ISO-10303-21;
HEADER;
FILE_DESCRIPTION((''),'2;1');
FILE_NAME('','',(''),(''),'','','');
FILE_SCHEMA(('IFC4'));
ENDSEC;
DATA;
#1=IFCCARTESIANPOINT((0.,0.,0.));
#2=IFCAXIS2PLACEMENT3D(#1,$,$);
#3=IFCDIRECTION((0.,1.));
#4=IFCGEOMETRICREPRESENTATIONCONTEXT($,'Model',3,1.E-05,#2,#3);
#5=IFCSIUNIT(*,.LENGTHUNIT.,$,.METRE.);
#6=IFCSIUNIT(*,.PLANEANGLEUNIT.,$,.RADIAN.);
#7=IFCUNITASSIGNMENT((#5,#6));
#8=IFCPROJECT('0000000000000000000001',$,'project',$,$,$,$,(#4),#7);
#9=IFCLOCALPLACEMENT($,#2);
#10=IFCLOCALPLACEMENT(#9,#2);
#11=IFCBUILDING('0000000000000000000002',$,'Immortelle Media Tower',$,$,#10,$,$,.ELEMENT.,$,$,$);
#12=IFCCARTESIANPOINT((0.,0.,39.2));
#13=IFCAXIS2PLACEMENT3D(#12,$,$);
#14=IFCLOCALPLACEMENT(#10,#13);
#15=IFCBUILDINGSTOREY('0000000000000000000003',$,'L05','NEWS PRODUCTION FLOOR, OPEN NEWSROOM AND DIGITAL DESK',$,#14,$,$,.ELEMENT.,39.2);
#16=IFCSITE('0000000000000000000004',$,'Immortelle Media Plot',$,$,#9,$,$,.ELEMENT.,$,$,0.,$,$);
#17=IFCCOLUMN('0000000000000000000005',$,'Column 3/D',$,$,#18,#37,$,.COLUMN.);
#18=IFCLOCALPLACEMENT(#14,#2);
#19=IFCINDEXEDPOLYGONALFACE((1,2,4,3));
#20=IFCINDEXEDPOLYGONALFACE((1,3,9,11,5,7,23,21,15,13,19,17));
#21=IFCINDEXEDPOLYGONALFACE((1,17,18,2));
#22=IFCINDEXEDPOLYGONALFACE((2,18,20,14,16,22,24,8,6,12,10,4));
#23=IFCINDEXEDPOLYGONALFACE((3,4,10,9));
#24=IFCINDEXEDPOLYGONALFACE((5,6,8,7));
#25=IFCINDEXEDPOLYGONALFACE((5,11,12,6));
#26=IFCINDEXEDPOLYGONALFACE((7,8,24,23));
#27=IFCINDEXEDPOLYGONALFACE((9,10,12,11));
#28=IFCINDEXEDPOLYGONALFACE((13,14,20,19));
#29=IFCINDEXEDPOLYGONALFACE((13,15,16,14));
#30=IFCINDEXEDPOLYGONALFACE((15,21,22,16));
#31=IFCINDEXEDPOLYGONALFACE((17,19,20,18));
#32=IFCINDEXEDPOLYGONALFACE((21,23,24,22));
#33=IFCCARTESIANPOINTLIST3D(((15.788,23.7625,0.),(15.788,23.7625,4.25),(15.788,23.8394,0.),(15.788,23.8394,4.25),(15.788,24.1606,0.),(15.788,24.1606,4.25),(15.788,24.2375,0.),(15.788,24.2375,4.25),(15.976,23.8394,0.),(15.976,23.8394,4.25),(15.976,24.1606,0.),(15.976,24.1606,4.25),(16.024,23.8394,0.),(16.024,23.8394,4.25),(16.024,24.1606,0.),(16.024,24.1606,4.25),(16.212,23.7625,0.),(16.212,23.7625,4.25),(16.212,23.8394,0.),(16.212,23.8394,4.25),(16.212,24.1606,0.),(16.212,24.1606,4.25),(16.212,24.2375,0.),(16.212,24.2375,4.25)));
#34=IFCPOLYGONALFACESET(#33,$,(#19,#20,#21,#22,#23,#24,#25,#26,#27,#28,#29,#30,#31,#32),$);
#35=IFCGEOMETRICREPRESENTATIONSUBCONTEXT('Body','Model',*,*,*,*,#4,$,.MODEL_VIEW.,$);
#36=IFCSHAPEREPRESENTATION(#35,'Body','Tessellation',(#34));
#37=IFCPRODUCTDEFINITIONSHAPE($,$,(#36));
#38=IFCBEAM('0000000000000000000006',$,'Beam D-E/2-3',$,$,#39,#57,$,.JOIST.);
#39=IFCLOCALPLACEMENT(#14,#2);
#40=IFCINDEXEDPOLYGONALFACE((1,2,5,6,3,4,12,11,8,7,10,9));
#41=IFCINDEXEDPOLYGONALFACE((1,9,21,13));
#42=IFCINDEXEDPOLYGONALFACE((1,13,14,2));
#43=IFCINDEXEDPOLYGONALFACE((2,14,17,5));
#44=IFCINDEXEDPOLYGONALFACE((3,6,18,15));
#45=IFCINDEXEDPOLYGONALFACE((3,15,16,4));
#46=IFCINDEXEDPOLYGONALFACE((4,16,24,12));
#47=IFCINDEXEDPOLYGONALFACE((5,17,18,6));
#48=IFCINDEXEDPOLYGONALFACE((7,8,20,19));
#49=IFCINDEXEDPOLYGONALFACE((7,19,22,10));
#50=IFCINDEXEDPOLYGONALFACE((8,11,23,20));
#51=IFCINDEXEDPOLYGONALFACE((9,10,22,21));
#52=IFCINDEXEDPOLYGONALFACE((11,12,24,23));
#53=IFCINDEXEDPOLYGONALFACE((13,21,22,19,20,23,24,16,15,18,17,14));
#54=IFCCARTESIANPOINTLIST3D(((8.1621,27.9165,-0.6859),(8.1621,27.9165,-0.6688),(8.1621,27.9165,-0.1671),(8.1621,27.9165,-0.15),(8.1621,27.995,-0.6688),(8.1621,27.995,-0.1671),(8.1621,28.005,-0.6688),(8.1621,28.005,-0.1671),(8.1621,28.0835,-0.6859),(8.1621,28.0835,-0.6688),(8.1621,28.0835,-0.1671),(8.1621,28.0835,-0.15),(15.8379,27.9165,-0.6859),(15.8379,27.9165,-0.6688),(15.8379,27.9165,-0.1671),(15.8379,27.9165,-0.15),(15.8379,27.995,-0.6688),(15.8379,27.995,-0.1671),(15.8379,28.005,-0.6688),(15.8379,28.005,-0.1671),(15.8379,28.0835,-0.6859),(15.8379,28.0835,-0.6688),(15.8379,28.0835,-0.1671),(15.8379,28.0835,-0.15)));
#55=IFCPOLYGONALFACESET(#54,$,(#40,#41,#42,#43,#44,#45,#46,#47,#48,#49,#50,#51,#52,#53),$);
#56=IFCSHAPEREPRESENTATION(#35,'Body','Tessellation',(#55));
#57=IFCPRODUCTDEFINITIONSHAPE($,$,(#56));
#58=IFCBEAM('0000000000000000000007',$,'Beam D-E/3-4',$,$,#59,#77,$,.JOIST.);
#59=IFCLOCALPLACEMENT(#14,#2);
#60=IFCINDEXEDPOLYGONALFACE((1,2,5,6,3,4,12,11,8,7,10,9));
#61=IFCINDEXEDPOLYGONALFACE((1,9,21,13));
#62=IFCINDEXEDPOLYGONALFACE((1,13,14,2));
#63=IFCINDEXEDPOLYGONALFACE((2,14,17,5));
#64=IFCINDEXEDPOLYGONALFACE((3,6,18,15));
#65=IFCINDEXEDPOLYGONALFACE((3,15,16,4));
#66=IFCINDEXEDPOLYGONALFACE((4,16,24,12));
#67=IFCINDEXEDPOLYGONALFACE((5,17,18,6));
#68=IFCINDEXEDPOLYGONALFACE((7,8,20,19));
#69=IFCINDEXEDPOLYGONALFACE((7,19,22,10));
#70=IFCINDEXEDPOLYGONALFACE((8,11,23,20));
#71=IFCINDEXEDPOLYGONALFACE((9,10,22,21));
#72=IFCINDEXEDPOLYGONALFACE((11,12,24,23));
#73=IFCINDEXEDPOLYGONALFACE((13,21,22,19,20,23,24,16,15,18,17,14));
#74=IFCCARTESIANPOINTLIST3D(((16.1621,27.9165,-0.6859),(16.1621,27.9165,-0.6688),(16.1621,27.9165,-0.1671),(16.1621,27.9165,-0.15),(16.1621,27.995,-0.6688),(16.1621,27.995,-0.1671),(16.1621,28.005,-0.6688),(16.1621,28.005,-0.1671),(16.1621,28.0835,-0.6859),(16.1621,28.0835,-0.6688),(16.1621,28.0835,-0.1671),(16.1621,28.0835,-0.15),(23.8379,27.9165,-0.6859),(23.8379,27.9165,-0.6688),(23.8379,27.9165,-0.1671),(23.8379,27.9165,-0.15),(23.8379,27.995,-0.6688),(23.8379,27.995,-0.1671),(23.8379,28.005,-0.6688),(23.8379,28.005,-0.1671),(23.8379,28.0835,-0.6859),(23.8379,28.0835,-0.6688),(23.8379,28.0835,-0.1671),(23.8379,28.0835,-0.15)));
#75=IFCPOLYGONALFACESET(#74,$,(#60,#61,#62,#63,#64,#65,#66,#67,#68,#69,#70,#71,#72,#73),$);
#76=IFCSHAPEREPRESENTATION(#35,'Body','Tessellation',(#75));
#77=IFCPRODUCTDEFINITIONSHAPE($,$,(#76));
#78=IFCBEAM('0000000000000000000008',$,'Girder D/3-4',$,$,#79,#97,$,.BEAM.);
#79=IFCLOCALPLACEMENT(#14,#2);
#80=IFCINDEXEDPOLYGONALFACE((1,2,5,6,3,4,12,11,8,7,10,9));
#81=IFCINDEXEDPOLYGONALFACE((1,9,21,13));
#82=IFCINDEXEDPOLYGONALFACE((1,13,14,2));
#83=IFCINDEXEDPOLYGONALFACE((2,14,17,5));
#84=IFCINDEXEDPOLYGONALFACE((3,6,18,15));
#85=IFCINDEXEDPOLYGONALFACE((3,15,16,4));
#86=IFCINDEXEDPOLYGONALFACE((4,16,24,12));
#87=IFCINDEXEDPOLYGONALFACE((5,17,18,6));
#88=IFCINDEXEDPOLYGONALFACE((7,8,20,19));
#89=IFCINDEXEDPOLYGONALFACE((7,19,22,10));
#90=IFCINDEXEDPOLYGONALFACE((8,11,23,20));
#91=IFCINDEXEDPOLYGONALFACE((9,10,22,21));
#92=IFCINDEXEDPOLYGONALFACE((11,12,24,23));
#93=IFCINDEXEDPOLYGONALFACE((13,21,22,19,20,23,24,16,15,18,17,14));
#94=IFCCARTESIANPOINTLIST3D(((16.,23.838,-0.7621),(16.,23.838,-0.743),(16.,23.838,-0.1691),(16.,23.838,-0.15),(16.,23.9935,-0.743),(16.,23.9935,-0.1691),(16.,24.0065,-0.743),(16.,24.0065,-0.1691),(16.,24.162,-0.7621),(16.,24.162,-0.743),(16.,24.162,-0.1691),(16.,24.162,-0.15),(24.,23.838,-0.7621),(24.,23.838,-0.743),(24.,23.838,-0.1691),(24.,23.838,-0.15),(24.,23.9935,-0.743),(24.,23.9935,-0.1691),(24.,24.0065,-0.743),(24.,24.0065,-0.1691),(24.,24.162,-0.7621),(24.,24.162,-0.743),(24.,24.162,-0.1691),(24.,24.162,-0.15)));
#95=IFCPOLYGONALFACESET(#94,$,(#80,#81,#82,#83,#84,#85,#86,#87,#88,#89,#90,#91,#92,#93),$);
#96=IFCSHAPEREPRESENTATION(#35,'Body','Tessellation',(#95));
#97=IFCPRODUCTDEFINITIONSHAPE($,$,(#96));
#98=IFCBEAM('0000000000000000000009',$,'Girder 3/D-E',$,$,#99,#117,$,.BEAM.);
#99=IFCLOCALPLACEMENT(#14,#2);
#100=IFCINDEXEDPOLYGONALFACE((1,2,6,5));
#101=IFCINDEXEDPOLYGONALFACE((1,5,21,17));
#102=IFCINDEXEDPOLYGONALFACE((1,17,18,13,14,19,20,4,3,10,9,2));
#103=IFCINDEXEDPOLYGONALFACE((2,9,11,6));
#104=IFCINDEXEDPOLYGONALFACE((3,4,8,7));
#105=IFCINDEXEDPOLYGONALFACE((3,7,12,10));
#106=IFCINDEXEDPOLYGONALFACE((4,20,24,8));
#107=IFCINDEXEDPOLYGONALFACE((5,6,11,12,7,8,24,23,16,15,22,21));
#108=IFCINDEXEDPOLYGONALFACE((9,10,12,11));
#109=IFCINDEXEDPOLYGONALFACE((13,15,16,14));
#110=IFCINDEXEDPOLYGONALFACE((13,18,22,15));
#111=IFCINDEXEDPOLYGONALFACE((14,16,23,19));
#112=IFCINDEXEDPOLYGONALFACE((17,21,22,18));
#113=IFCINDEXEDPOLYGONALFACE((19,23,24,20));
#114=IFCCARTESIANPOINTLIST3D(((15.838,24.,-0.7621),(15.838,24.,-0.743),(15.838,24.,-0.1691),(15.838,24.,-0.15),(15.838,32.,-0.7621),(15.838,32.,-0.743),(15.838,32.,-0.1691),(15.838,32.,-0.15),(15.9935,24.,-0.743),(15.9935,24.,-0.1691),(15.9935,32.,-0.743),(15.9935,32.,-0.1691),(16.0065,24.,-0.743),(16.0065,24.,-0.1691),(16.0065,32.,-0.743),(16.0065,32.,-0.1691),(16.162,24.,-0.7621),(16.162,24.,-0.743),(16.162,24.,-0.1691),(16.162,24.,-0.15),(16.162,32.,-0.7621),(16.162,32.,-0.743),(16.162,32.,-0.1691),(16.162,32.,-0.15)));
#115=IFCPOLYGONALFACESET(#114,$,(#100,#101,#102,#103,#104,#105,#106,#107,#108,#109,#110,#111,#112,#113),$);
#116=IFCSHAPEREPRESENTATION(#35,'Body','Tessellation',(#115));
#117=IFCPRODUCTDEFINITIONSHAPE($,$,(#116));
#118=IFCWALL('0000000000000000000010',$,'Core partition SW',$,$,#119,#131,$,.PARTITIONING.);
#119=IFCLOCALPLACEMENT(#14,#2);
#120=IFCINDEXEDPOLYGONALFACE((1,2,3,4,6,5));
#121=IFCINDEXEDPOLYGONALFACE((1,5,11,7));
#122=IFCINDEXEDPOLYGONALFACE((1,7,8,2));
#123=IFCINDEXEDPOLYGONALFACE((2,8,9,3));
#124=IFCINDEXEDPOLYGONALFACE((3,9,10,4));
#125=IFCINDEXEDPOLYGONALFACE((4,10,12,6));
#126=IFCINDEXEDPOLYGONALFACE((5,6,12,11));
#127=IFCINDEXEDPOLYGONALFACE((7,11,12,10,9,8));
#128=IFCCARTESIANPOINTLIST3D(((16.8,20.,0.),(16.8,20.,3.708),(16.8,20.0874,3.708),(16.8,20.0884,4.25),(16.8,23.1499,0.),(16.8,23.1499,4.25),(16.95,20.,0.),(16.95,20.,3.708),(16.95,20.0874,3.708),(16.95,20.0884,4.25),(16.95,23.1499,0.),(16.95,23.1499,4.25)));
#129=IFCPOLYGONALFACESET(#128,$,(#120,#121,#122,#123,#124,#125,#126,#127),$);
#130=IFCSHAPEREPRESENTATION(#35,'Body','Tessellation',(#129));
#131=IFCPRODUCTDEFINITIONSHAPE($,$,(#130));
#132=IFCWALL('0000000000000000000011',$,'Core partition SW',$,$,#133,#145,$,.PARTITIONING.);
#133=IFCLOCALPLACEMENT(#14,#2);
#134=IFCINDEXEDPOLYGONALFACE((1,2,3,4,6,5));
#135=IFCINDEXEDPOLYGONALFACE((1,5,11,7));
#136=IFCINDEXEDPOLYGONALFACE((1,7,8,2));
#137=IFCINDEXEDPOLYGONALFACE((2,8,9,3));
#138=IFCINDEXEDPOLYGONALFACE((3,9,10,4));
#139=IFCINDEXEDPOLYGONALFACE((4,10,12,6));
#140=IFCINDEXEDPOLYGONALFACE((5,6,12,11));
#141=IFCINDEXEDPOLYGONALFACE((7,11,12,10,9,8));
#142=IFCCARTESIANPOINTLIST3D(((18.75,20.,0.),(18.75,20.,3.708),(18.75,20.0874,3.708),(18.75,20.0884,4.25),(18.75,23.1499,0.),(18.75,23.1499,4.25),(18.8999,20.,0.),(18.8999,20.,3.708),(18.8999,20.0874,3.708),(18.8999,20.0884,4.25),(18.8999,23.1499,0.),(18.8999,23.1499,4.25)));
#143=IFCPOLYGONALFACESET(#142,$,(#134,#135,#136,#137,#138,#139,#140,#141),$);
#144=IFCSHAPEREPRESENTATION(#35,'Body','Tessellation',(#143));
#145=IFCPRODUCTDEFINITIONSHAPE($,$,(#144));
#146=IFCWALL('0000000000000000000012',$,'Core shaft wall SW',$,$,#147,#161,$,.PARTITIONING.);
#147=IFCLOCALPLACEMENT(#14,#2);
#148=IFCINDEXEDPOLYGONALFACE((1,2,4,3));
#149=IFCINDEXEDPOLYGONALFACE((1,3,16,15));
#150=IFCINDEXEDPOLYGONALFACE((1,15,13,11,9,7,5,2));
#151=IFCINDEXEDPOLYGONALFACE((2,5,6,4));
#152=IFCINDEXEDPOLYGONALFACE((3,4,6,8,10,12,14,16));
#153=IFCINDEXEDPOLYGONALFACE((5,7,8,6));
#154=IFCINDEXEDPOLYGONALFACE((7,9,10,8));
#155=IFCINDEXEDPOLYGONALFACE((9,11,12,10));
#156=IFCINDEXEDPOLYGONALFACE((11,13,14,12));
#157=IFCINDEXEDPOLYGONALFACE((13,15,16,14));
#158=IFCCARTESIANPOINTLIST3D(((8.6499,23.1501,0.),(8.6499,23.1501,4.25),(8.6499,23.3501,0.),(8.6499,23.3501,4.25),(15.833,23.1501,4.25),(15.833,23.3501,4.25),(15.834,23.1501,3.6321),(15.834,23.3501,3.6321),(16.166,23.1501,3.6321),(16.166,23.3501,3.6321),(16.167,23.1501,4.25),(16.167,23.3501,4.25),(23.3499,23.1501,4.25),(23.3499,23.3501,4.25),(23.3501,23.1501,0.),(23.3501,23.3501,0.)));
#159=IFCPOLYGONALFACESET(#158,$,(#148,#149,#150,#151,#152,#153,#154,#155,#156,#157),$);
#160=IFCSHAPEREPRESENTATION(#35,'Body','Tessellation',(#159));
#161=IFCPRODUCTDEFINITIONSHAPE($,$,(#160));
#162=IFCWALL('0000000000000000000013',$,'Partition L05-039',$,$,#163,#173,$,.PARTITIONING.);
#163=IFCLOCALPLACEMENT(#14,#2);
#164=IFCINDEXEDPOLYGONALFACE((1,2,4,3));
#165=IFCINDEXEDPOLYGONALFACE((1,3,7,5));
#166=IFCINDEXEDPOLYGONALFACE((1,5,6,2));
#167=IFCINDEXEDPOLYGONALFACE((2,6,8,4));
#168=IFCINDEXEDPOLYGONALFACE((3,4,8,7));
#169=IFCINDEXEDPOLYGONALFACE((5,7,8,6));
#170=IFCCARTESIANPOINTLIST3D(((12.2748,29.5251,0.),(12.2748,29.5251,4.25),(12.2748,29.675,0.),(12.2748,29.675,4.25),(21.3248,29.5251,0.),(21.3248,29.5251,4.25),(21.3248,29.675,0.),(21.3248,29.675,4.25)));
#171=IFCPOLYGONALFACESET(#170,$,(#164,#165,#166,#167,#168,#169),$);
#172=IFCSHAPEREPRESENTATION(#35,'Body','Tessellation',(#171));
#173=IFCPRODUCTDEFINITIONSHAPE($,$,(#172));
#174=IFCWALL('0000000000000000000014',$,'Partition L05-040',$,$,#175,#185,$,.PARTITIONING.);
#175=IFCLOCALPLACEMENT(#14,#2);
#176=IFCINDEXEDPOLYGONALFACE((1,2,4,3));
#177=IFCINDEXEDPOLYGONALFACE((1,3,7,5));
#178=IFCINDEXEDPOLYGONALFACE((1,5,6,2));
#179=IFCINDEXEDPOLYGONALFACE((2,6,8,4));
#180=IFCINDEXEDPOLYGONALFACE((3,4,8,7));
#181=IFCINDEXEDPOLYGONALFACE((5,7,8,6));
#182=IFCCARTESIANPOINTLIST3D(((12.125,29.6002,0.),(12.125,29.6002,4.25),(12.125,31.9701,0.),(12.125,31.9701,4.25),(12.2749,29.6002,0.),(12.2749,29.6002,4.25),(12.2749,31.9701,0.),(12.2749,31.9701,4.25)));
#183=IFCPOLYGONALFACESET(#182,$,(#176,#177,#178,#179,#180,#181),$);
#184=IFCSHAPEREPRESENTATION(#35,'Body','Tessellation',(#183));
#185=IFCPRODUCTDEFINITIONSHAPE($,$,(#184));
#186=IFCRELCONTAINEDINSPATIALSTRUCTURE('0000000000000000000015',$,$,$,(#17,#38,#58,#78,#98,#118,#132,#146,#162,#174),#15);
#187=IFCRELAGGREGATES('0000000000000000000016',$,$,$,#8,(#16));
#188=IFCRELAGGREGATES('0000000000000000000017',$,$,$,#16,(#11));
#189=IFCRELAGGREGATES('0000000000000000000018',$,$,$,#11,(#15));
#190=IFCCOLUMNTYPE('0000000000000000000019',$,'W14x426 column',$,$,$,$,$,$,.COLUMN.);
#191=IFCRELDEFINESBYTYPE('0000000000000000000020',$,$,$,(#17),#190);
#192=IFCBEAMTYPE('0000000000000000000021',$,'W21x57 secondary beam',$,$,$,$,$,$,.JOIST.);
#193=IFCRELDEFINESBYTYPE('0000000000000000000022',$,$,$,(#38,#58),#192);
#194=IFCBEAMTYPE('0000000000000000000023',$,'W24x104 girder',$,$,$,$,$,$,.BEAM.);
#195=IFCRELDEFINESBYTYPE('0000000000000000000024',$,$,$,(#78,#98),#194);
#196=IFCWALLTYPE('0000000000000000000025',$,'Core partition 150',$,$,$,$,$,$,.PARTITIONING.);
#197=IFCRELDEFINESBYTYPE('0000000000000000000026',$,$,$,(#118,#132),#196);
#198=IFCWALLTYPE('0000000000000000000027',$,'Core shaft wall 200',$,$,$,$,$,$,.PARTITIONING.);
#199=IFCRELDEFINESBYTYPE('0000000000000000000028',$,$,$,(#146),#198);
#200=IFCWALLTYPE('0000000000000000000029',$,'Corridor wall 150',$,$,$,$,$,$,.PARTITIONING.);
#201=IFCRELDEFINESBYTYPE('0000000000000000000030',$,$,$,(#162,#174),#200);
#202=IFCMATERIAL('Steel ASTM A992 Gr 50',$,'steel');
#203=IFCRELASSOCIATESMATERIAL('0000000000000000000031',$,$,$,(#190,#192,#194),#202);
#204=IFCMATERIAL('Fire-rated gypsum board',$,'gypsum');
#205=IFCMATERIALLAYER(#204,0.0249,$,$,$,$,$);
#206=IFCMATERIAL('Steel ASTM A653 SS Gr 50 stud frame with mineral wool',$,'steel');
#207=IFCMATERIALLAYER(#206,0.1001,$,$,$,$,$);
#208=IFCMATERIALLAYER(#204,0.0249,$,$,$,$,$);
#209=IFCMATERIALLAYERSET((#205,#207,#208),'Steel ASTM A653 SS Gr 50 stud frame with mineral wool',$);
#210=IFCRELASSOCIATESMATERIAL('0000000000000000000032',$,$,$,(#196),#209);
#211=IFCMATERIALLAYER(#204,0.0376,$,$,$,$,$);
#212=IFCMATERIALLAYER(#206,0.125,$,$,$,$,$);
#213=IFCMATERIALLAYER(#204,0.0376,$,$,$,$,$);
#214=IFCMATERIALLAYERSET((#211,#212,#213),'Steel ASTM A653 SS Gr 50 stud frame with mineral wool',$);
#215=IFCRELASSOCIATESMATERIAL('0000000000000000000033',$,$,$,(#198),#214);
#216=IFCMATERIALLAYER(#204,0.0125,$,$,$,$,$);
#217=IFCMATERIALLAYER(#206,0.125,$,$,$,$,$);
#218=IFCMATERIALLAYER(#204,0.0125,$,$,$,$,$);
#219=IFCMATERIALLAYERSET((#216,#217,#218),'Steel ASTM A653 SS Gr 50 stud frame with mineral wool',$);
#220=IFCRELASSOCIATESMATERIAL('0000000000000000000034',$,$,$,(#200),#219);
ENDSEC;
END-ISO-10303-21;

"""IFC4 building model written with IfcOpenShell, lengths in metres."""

from ifc_helpers import new_model, si_unit, direction, frame, frame_2d, origin, origin_2d, place, context, subcontext, project, spatial, polyline, rectangle, i_section, outline, extrude, material, layer, layer_set, material_profile, profile_set, type_object, element, save


model = new_model("IFC4")

# Units and contexts
model_context = context("Model", 3, precision=1e-05, world=origin(), true_north=direction((0.0, 1.0)))
body_context = subcontext(model_context, "Body", "Model", "MODEL_VIEW")
ifc_project = project(units=[si_unit("LENGTHUNIT", "METRE"), si_unit("PLANEANGLEUNIT", "RADIAN")], contexts=[model_context])

# Site, building, storey
site_placement = place(None, origin())
site = spatial("IfcSite", under=ifc_project, at=site_placement, Name="Immortelle Media Plot", CompositionType="ELEMENT", RefElevation=0.0)
building_placement = place(site_placement, origin())
building = spatial("IfcBuilding", under=site, at=building_placement, Name="Immortelle Media Tower", CompositionType="ELEMENT")
storey_placement = place(building_placement, frame((0.0, 0.0, 39.2)))
storey = spatial("IfcBuildingStorey", under=building, at=storey_placement, Name="L05", Description="NEWS PRODUCTION FLOOR, OPEN NEWSROOM AND DIGITAL DESK", CompositionType="ELEMENT", Elevation=39.2)

# Column
ifc_material_1 = material(Name="Steel ASTM A992 Gr 50", Category="steel")
ifc_material_profile_1 = material_profile(ifc_material_1, i_section(OverallWidth=0.4241, OverallDepth=0.4751, WebThickness=0.0481, FlangeThickness=0.0769, at=origin_2d()), Name="W14x426")
ifc_profile_set_1 = profile_set([ifc_material_profile_1], Name="Steel ASTM A992 Gr 50")
column_type = type_object("IfcColumnType", Name="W14x426 column", PredefinedType="COLUMN", material=ifc_profile_set_1)
column_placement = place(storey_placement, frame((16.0, 24.0, 0.0), z_axis=(0.0, 0.0, 1.0), x_axis=(1.0, 0.0, 0.0)))
element("IfcColumn", 1, at=column_placement, inside=storey, type_object=column_type, Name="Column 3/D", PredefinedType="COLUMN", context=body_context, shape_type="SweptSolid", body=[
    extrude(i_section(OverallWidth=0.4241, OverallDepth=0.4751, WebThickness=0.0481, FlangeThickness=0.0769, at=origin_2d()), origin(), (0.0, 0.0, 1.0), 4.25),
])

# Beams
ifc_material_profile_2 = material_profile(ifc_material_1, i_section(OverallWidth=0.167, OverallDepth=0.5359, WebThickness=0.01, FlangeThickness=0.0171, at=origin_2d()), Name="W21x57")
ifc_profile_set_2 = profile_set([ifc_material_profile_2], Name="Steel ASTM A992 Gr 50")
beam_type_1 = type_object("IfcBeamType", Name="W21x57 secondary beam", PredefinedType="JOIST", material=ifc_profile_set_2)
for number, where, z_axis, x_axis, name in (
    (2, (8.1621, 28.0, -0.418), (1.0, 0.0, 0.0), (0.0, 1.0, 0.0), "Beam D-E/2-3"),
    (3, (16.1621, 28.0, -0.418), (1.0, 0.0, 0.0), (0.0, 1.0, 0.0), "Beam D-E/3-4"),
):
    element("IfcBeam", number, at=place(storey_placement, frame(where, z_axis=z_axis, x_axis=x_axis)), inside=storey, type_object=beam_type_1, Name=name, PredefinedType="JOIST", context=body_context, shape_type="SweptSolid", body=[
        extrude(i_section(OverallWidth=0.167, OverallDepth=0.5359, WebThickness=0.01, FlangeThickness=0.0171, at=origin_2d()), origin(), (0.0, 0.0, 1.0), 7.6758),
    ])
ifc_material_profile_3 = material_profile(ifc_material_1, i_section(OverallWidth=0.324, OverallDepth=0.6121, WebThickness=0.0129, FlangeThickness=0.019, at=origin_2d()), Name="W24x104")
ifc_profile_set_3 = profile_set([ifc_material_profile_3], Name="Steel ASTM A992 Gr 50")
beam_type_2 = type_object("IfcBeamType", Name="W24x104 girder", PredefinedType="BEAM", material=ifc_profile_set_3)
for number, where, z_axis, x_axis, name in (
    (4, (16.0, 24.0, -0.4561), (1.0, 0.0, 0.0), (0.0, 1.0, 0.0), "Girder D/3-4"),
    (5, (16.0, 24.0, -0.4561), (0.0, 1.0, 0.0), (-1.0, 0.0, 0.0), "Girder 3/D-E"),
):
    element("IfcBeam", number, at=place(storey_placement, frame(where, z_axis=z_axis, x_axis=x_axis)), inside=storey, type_object=beam_type_2, Name=name, PredefinedType="BEAM", context=body_context, shape_type="SweptSolid", body=[
        extrude(i_section(OverallWidth=0.324, OverallDepth=0.6121, WebThickness=0.0129, FlangeThickness=0.019, at=origin_2d()), origin(), (0.0, 0.0, 1.0), 8.0),
    ])

# Walls
ifc_material_2 = material(Name="Fire-rated gypsum board", Category="gypsum")
ifc_layer_1 = layer(ifc_material_2, 0.0249)
ifc_material_3 = material(Name="Steel ASTM A653 SS Gr 50 stud frame with mineral wool", Category="steel")
ifc_layer_2 = layer(ifc_material_3, 0.1001)
ifc_layer_3 = layer(ifc_material_2, 0.0249)
ifc_layer_set_1 = layer_set([ifc_layer_1, ifc_layer_2, ifc_layer_3], Name="Steel ASTM A653 SS Gr 50 stud frame with mineral wool")
wall_type_1 = type_object("IfcWallType", Name="Core partition 150", PredefinedType="PARTITIONING", material=ifc_layer_set_1)
for number, where, z_axis, x_axis, name in (
    (6, (16.875, 20.0, 0.0), (0.0, 0.0, 1.0), (0.0, 1.0, 0.0), "Core partition SW"),
    (7, (18.825, 20.0, 0.0), (0.0, 0.0, 1.0), (0.0, 1.0, 0.0), "Core partition SW"),
):
    element("IfcWall", number, at=place(storey_placement, frame(where, z_axis=z_axis, x_axis=x_axis)), inside=storey, type_object=wall_type_1, Name=name, PredefinedType="PARTITIONING", context=body_context, shape_type="SweptSolid", body=[
        extrude(outline(polyline([(0.0, 0.0), (3.1499, 0.0), (3.1499, 4.25), (0.0884, 4.25), (0.0874, 3.708), (0.0, 3.708), (0.0, 0.0)])), frame((0.0, 0.075, 0.0), z_axis=(0.0, -1.0, 0.0), x_axis=(1.0, 0.0, 0.0)), (0.0, 0.0, 1.0), 0.1499),
    ])
ifc_layer_4 = layer(ifc_material_2, 0.0376)
ifc_layer_5 = layer(ifc_material_3, 0.125)
ifc_layer_6 = layer(ifc_material_2, 0.0376)
ifc_layer_set_2 = layer_set([ifc_layer_4, ifc_layer_5, ifc_layer_6], Name="Steel ASTM A653 SS Gr 50 stud frame with mineral wool")
wall_type_2 = type_object("IfcWallType", Name="Core shaft wall 200", PredefinedType="PARTITIONING", material=ifc_layer_set_2)
wall_1_placement = place(storey_placement, frame((8.6499, 23.25, 0.0), z_axis=(0.0, 0.0, 1.0), x_axis=(1.0, 0.0, 0.0)))
element("IfcWall", 8, at=wall_1_placement, inside=storey, type_object=wall_type_2, Name="Core shaft wall SW", PredefinedType="PARTITIONING", context=body_context, shape_type="SweptSolid", body=[
    extrude(outline(polyline([(0.0, 0.0), (14.7002, 0.0), (14.7, 4.25), (7.5171, 4.25), (7.5161, 3.6321), (7.1841, 3.6321), (7.1831, 4.25), (0.0, 4.25), (0.0, 0.0)])), frame((0.0, 0.1001, 0.0), z_axis=(0.0, -1.0, 0.0), x_axis=(1.0, 0.0, 0.0)), (0.0, 0.0, 1.0), 0.2),
])
ifc_layer_7 = layer(ifc_material_2, 0.0125)
ifc_layer_8 = layer(ifc_material_3, 0.125)
ifc_layer_9 = layer(ifc_material_2, 0.0125)
ifc_layer_set_3 = layer_set([ifc_layer_7, ifc_layer_8, ifc_layer_9], Name="Steel ASTM A653 SS Gr 50 stud frame with mineral wool")
wall_type_3 = type_object("IfcWallType", Name="Corridor wall 150", PredefinedType="PARTITIONING", material=ifc_layer_set_3)
wall_2_placement = place(storey_placement, frame((12.2749, 29.6001, 0.0), z_axis=(0.0, 0.0, 1.0), x_axis=(1.0, 0.0, 0.0)))
element("IfcWall", 9, at=wall_2_placement, inside=storey, type_object=wall_type_3, Name="Partition L05-039", PredefinedType="PARTITIONING", context=body_context, shape_type="SweptSolid", body=[
    extrude(rectangle(XDim=9.05, YDim=0.1499, at=frame_2d((4.5249, 0.0))), origin(), (0.0, 0.0, 1.0), 4.25),
])
wall_3_placement = place(storey_placement, frame((12.2, 29.6001, 0.0), z_axis=(0.0, 0.0, 1.0), x_axis=(0.0, 1.0, 0.0)))
element("IfcWall", 10, at=wall_3_placement, inside=storey, type_object=wall_type_3, Name="Partition L05-040", PredefinedType="PARTITIONING", context=body_context, shape_type="SweptSolid", body=[
    extrude(rectangle(XDim=2.3699, YDim=0.1499, at=frame_2d((1.1851, 0.0))), origin(), (0.0, 0.0, 1.0), 4.25),
])

save(model, "model.ifc")
